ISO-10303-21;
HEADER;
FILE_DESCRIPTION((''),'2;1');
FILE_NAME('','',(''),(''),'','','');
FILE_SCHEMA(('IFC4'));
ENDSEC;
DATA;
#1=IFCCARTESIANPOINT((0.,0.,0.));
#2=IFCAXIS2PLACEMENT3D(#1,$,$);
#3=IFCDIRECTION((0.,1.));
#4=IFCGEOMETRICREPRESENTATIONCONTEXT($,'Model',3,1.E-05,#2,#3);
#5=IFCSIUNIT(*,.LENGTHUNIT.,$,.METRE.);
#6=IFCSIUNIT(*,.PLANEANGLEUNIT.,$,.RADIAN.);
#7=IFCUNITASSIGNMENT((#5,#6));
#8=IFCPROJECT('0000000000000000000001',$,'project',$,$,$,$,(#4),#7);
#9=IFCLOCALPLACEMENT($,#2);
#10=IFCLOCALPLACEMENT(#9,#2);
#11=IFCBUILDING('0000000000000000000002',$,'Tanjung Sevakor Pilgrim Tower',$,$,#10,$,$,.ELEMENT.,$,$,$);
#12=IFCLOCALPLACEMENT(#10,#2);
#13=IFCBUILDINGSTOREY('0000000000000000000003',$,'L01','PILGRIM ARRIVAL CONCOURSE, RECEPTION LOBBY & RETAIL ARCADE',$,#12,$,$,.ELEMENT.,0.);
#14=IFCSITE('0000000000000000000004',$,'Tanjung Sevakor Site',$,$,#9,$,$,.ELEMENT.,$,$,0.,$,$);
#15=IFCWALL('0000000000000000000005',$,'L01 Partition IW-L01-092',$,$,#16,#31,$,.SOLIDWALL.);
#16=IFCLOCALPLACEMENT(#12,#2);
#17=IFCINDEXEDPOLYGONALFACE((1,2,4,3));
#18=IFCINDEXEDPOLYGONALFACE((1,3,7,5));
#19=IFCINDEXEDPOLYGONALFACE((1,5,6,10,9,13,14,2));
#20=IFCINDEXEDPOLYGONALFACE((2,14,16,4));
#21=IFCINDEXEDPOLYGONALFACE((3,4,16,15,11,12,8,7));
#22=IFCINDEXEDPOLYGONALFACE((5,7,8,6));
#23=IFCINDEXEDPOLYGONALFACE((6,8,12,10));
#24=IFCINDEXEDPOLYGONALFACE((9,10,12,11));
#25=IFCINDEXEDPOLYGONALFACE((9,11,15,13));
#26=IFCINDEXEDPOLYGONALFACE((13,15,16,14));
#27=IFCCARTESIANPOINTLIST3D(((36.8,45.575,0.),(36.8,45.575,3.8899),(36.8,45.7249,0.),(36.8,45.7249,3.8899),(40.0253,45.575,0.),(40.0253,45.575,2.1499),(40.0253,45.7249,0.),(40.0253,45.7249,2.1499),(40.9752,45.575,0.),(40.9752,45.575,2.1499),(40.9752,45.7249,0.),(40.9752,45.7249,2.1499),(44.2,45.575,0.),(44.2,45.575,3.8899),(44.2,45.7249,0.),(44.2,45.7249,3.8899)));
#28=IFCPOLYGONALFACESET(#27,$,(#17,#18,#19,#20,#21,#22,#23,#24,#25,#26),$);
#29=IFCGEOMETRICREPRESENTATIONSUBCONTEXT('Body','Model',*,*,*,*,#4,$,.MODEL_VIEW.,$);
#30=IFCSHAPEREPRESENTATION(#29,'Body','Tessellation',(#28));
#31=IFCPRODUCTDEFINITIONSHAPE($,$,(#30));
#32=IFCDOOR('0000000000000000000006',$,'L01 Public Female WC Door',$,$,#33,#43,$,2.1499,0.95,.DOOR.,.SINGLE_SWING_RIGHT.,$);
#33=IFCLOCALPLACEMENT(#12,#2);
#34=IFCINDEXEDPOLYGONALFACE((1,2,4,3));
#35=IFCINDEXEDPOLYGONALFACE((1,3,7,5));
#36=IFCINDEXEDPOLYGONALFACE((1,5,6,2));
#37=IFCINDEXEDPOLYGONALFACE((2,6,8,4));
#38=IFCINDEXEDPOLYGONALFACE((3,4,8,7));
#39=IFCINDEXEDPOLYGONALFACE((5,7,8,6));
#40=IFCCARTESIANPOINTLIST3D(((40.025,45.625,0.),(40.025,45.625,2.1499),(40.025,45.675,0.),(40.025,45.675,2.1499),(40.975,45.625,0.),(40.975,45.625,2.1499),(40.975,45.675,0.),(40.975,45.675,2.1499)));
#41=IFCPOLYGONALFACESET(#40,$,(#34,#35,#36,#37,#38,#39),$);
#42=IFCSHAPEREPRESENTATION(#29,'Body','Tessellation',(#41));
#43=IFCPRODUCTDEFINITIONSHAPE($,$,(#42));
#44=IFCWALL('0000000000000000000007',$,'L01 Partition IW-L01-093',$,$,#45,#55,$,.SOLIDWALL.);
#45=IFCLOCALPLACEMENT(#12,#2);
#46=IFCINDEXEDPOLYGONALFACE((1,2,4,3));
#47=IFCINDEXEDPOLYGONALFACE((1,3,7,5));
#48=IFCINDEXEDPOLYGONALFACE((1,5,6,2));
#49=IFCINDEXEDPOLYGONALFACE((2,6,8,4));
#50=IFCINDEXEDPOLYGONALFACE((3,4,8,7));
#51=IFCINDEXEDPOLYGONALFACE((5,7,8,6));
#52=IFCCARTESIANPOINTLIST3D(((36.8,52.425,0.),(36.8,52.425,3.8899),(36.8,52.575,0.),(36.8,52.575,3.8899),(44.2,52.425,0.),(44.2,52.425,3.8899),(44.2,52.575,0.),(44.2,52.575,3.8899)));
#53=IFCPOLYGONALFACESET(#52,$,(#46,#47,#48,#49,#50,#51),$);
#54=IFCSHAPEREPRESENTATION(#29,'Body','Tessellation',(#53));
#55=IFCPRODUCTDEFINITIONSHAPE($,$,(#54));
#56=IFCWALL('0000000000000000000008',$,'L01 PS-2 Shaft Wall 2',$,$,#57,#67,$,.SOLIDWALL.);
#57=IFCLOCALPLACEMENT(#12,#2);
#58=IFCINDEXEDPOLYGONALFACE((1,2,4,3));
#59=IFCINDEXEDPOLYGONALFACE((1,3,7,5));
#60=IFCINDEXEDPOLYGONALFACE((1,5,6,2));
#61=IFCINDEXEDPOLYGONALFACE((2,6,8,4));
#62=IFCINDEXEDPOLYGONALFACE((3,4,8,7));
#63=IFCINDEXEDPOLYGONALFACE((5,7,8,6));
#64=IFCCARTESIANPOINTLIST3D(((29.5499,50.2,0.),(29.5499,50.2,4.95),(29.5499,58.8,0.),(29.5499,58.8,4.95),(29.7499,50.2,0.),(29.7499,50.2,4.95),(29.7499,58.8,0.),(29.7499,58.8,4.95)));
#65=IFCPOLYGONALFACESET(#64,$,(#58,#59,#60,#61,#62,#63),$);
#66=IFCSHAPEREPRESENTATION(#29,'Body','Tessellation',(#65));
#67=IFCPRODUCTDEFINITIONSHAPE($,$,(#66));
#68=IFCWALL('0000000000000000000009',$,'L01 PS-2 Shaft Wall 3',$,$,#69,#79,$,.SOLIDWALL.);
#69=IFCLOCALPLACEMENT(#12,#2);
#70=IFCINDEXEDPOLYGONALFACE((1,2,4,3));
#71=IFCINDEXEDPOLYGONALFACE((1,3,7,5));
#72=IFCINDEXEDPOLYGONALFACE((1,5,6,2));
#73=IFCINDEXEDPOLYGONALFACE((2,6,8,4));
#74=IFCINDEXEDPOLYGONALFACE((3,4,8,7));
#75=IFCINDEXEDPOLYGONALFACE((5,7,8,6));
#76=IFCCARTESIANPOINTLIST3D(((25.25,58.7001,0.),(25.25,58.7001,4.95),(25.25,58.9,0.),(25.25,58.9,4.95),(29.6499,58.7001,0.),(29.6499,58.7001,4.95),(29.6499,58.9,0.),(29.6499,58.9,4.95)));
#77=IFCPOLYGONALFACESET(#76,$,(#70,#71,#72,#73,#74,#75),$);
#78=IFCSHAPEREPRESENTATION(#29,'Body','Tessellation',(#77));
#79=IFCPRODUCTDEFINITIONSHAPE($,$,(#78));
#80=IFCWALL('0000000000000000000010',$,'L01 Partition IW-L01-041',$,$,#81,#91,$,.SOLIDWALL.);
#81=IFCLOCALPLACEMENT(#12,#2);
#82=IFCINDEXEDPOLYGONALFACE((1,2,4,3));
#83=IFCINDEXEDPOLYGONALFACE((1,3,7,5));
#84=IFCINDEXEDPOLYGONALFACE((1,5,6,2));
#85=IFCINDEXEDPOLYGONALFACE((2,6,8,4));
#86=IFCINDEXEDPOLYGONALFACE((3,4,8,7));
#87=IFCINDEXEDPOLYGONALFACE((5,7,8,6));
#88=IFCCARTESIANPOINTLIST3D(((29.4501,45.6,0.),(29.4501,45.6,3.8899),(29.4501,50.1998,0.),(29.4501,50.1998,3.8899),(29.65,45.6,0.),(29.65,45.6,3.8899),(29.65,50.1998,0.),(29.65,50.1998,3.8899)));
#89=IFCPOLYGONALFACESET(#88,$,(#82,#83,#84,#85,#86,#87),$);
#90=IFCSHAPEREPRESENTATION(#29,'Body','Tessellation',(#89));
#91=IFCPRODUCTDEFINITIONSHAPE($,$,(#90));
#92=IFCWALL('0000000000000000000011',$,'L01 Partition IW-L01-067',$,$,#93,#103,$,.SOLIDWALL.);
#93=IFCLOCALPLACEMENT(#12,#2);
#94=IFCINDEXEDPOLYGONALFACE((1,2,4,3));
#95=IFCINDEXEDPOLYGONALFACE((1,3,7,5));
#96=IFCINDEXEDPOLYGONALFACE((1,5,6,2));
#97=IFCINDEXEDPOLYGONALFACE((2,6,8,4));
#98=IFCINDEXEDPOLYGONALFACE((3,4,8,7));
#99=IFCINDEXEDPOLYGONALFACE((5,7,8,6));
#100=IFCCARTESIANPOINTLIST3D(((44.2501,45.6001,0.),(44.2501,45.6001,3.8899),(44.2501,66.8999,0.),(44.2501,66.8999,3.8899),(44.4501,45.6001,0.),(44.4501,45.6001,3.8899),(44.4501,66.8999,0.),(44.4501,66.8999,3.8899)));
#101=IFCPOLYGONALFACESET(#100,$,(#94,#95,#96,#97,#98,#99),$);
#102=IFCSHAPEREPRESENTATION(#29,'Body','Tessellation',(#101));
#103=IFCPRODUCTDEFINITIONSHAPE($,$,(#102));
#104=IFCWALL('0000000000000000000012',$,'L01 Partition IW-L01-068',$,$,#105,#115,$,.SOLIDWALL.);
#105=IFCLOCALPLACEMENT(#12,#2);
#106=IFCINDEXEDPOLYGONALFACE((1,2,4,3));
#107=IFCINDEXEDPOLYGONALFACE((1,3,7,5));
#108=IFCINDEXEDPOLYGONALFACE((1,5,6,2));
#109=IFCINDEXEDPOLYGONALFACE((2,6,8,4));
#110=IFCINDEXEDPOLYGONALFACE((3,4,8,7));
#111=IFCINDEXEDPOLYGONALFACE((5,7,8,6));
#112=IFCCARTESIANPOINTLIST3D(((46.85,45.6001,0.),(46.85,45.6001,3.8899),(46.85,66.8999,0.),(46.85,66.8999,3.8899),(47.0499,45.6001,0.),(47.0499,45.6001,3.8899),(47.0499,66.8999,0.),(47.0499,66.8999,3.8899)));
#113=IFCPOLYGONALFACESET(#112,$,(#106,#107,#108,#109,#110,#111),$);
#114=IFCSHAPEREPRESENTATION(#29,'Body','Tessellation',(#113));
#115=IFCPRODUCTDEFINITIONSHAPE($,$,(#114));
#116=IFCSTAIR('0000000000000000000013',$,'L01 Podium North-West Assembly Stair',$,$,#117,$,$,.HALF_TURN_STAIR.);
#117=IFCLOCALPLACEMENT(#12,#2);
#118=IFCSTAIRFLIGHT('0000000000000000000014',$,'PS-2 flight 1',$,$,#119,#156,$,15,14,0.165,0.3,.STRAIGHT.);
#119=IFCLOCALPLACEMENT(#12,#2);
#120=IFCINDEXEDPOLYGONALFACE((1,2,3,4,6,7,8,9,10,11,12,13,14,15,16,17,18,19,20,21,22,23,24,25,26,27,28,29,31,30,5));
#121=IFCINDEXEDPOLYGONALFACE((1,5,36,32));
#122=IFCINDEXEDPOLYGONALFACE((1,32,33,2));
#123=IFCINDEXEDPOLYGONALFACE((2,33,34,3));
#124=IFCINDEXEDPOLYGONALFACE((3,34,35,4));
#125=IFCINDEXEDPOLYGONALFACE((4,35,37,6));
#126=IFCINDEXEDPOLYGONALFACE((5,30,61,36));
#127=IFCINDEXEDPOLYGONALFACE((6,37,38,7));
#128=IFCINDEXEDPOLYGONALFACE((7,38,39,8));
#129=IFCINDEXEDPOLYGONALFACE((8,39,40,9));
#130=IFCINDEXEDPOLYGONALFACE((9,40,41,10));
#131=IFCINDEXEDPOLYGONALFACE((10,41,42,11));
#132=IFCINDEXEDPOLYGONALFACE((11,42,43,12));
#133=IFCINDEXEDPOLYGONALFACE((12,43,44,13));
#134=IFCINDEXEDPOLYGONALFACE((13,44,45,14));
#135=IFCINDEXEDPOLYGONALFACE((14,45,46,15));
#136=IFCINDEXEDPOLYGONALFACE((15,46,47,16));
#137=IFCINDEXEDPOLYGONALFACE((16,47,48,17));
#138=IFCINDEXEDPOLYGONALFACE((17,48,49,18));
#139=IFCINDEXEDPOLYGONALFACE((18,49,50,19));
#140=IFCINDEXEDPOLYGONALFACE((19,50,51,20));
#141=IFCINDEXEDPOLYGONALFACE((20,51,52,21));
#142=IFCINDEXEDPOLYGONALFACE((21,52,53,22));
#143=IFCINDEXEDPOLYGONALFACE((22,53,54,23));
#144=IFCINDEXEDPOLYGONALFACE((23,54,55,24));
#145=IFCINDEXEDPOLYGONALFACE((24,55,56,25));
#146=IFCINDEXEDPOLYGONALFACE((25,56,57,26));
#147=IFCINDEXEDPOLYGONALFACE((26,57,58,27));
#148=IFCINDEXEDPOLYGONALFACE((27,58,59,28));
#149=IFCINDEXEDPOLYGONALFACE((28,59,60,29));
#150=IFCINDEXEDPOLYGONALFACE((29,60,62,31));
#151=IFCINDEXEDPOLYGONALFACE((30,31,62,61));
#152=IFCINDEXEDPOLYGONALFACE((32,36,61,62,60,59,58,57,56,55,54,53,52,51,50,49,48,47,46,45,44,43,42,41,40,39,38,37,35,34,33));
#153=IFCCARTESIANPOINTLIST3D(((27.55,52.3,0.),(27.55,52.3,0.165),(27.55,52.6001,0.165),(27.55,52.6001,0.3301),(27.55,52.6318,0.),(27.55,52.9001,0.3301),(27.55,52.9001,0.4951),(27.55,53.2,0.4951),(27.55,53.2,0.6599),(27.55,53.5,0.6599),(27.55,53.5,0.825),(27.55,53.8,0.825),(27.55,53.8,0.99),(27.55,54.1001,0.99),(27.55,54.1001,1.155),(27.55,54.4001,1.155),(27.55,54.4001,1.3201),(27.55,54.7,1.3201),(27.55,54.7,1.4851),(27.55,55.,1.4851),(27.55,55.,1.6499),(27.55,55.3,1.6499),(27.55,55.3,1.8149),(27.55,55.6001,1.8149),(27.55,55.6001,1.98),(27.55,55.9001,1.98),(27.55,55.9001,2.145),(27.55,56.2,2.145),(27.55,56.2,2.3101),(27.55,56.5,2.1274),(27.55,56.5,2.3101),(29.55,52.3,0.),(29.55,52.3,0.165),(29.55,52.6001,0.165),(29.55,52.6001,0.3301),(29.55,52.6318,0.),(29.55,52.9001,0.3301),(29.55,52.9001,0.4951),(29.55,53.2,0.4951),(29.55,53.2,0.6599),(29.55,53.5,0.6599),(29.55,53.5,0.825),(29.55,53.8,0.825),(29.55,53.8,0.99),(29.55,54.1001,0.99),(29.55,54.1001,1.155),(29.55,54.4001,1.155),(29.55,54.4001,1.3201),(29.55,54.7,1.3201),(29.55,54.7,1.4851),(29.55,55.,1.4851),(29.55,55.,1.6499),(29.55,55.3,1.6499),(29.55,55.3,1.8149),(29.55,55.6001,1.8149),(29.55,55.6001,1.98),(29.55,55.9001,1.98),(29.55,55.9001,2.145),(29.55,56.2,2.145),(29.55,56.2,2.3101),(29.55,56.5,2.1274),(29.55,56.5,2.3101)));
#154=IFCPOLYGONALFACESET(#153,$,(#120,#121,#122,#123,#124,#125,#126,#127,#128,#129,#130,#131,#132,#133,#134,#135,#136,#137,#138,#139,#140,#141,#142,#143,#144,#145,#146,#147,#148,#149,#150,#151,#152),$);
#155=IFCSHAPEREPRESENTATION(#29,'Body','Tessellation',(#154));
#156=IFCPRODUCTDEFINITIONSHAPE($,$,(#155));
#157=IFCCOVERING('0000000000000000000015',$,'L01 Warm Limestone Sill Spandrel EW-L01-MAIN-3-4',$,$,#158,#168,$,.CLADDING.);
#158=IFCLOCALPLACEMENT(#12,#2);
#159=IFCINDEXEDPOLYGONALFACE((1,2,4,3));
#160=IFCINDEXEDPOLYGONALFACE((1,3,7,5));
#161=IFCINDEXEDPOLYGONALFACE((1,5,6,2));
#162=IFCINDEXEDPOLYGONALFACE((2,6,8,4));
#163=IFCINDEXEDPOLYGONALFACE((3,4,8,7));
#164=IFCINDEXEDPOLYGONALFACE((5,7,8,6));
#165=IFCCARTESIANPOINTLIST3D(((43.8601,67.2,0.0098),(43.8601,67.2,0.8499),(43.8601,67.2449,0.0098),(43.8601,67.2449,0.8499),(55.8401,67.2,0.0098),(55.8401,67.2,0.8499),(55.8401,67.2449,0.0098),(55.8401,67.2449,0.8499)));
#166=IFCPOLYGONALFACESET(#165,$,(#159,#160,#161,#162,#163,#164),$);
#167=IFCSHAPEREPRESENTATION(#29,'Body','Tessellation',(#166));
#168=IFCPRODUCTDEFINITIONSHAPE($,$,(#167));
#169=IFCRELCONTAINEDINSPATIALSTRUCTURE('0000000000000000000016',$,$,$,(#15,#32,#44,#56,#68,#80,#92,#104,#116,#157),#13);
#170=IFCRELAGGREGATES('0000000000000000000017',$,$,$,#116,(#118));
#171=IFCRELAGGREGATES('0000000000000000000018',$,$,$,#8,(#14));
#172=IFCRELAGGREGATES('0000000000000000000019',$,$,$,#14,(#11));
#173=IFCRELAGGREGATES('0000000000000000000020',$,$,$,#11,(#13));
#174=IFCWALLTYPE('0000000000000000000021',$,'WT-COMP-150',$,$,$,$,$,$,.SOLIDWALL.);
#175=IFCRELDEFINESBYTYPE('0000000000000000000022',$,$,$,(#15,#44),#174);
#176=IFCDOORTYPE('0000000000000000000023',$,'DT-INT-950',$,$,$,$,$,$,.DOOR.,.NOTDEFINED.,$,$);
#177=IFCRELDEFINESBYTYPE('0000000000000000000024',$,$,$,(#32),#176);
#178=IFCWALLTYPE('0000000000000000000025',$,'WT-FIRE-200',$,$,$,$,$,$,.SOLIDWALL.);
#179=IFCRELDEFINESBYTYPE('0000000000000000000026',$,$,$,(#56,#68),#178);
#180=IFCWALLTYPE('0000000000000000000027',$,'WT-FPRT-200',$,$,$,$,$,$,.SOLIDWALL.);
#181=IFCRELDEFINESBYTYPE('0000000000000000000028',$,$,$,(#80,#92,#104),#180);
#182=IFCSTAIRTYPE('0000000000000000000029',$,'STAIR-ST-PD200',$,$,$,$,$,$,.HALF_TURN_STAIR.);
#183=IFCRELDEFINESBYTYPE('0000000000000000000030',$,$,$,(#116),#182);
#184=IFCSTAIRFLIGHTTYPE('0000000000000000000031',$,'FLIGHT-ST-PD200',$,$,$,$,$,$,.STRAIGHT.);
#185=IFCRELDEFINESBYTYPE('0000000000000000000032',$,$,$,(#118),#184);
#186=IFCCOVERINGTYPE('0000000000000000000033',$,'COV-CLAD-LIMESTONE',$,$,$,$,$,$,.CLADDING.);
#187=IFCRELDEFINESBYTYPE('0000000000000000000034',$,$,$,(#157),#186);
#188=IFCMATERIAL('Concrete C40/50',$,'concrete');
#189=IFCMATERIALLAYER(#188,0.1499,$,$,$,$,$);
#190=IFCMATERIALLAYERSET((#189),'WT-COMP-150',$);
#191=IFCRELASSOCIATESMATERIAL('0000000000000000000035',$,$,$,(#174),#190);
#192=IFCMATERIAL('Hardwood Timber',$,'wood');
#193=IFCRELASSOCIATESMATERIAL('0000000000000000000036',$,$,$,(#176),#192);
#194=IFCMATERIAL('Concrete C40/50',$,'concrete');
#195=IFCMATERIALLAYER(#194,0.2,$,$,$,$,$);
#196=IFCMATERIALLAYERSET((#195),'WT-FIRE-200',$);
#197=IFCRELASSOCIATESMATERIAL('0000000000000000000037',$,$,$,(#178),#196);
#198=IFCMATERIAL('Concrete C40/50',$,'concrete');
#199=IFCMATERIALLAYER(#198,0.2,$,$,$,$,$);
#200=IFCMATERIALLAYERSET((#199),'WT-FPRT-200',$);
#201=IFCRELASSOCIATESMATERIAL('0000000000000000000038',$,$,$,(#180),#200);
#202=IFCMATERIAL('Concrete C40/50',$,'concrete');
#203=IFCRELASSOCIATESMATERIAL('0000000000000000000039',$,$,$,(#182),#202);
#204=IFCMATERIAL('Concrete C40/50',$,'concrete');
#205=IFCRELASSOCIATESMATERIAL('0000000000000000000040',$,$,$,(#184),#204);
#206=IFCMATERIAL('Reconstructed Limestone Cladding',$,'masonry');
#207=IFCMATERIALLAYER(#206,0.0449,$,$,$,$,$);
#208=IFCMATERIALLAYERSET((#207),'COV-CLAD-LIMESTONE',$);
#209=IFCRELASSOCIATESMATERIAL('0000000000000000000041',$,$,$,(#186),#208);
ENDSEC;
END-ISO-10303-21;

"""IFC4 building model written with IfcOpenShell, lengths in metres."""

from ifc_helpers import new_model, si_unit, direction, frame, frame_2d, origin, origin_2d, place, context, subcontext, project, spatial, polyline, rectangle, outline, extrude, material, layer, layer_set, type_object, element, fill, aggregate, save


model = new_model("IFC4")

# Units and contexts
model_context = context("Model", 3, precision=1e-05, world=origin(), true_north=direction((0.0, 1.0)))
body_context = subcontext(model_context, "Body", "Model", "MODEL_VIEW")
ifc_project = project(units=[si_unit("LENGTHUNIT", "METRE"), si_unit("PLANEANGLEUNIT", "RADIAN")], contexts=[model_context])

# Site, building, storey
site_placement = place(None, origin())
site = spatial("IfcSite", under=ifc_project, at=site_placement, Name="Tanjung Sevakor Site", CompositionType="ELEMENT", RefElevation=0.0)
building_placement = place(site_placement, origin())
building = spatial("IfcBuilding", under=site, at=building_placement, Name="Tanjung Sevakor Pilgrim Tower", CompositionType="ELEMENT")
storey_placement = place(building_placement, origin())
storey = spatial("IfcBuildingStorey", under=building, at=storey_placement, Name="L01", Description="PILGRIM ARRIVAL CONCOURSE, RECEPTION LOBBY & RETAIL ARCADE", CompositionType="ELEMENT", Elevation=0.0)

# Shared definitions
ifc_material_1 = material(Name="Concrete C40/50", Category="concrete")
ifc_layer_1 = layer(ifc_material_1, 0.1499)
ifc_layer_set_1 = layer_set([ifc_layer_1], Name="WT-COMP-150")
wall_type_1 = type_object("IfcWallType", Name="WT-COMP-150", PredefinedType="SOLIDWALL", material=ifc_layer_set_1)

# Shared definitions
ifc_material_2 = material(Name="Hardwood Timber", Category="wood")
door_type_1 = type_object("IfcDoorType", Name="DT-INT-950", OperationType="NOTDEFINED", PredefinedType="DOOR", material=ifc_material_2)

# Wall, opening, door
wall_1_placement = place(storey_placement, frame((36.8, 45.6499, 0.0), z_axis=(0.0, 0.0, 1.0), x_axis=(1.0, 0.0, 0.0)))
wall_1 = element("IfcWall", 1, at=wall_1_placement, inside=storey, type_object=wall_type_1, Name="L01 Partition IW-L01-092", PredefinedType="SOLIDWALL", context=body_context, shape_type="SweptSolid", body=[
    extrude(rectangle(XDim=7.3999, YDim=0.1499, at=frame_2d((3.7, 0.0))), origin(), (0.0, 0.0, 1.0), 3.8899),
])
opening_1_placement = place(wall_1_placement, frame((3.2251, 0.0, 0.0)))
opening_1 = element("IfcOpeningElement", 2, at=opening_1_placement, cuts=wall_1, PredefinedType="OPENING", context=body_context, shape_type="SweptSolid", body=[
    extrude(rectangle(XDim=0.95, YDim=2.1499, at=frame_2d((0.4751, 1.075))), frame((0.0, 0.085, 0.0), z_axis=(0.0, -1.0, 0.0), x_axis=(1.0, 0.0, 0.0)), (0.0, 0.0, 1.0), 0.1699),
])
door_1_placement = place(opening_1_placement, frame((0.95, 0.0, 0.0), z_axis=(0.0, 0.0, 1.0), x_axis=(-1.0, 0.0, 0.0)))
door_1 = element("IfcDoor", 3, at=door_1_placement, inside=storey, type_object=door_type_1, Name="L01 Public Female WC Door", OperationType="SINGLE_SWING_RIGHT", OverallHeight=2.1499, OverallWidth=0.95, PredefinedType="DOOR", context=body_context, shape_type="SweptSolid", body=[
    extrude(rectangle(XDim=0.95, YDim=2.1499, at=frame_2d((0.4751, 1.075))), frame((0.0, 0.0249, 0.0), z_axis=(0.0, -1.0, 0.0), x_axis=(1.0, 0.0, 0.0)), (0.0, 0.0, 1.0), 0.05),
])
fill(opening_1, door_1)

# Walls
wall_2_placement = place(storey_placement, frame((36.8, 52.5, 0.0), z_axis=(0.0, 0.0, 1.0), x_axis=(1.0, 0.0, 0.0)))
element("IfcWall", 4, at=wall_2_placement, inside=storey, type_object=wall_type_1, Name="L01 Partition IW-L01-093", PredefinedType="SOLIDWALL", context=body_context, shape_type="SweptSolid", body=[
    extrude(rectangle(XDim=7.3999, YDim=0.1499, at=frame_2d((3.7, 0.0))), origin(), (0.0, 0.0, 1.0), 3.8899),
])
ifc_material_3 = material(Name="Concrete C40/50", Category="concrete")
ifc_layer_2 = layer(ifc_material_3, 0.2)
ifc_layer_set_2 = layer_set([ifc_layer_2], Name="WT-FIRE-200")
wall_type_2 = type_object("IfcWallType", Name="WT-FIRE-200", PredefinedType="SOLIDWALL", material=ifc_layer_set_2)
wall_3_placement = place(storey_placement, frame((29.6499, 50.2, 0.0), z_axis=(0.0, 0.0, 1.0), x_axis=(0.0, 1.0, 0.0)))
element("IfcWall", 5, at=wall_3_placement, inside=storey, type_object=wall_type_2, Name="L01 PS-2 Shaft Wall 2", PredefinedType="SOLIDWALL", context=body_context, shape_type="SweptSolid", body=[
    extrude(rectangle(XDim=8.6001, YDim=0.2, at=frame_2d((4.3, 0.0))), origin(), (0.0, 0.0, 1.0), 4.95),
])
wall_4_placement = place(storey_placement, frame((29.6499, 58.8, 0.0), z_axis=(0.0, 0.0, 1.0), x_axis=(-1.0, 0.0, 0.0)))
element("IfcWall", 6, at=wall_4_placement, inside=storey, type_object=wall_type_2, Name="L01 PS-2 Shaft Wall 3", PredefinedType="SOLIDWALL", context=body_context, shape_type="SweptSolid", body=[
    extrude(rectangle(XDim=4.3999, YDim=0.2, at=frame_2d((2.2, 0.0))), origin(), (0.0, 0.0, 1.0), 4.95),
])
ifc_material_4 = material(Name="Concrete C40/50", Category="concrete")
ifc_layer_3 = layer(ifc_material_4, 0.2)
ifc_layer_set_3 = layer_set([ifc_layer_3], Name="WT-FPRT-200")
wall_type_3 = type_object("IfcWallType", Name="WT-FPRT-200", PredefinedType="SOLIDWALL", material=ifc_layer_set_3)
wall_5_placement = place(storey_placement, frame((29.55, 45.6001, 0.0), z_axis=(0.0, 0.0, 1.0), x_axis=(0.0, 1.0, 0.0)))
element("IfcWall", 7, at=wall_5_placement, inside=storey, type_object=wall_type_3, Name="L01 Partition IW-L01-041", PredefinedType="SOLIDWALL", context=body_context, shape_type="SweptSolid", body=[
    extrude(rectangle(XDim=4.5999, YDim=0.2, at=frame_2d((2.2998, 0.0))), origin(), (0.0, 0.0, 1.0), 3.8899),
])
for number, where, z_axis, x_axis, name in (
    (8, (44.3501, 45.6001, 0.0), (0.0, 0.0, 1.0), (0.0, 1.0, 0.0), "L01 Partition IW-L01-067"),
    (9, (46.95, 45.6001, 0.0), (0.0, 0.0, 1.0), (0.0, 1.0, 0.0), "L01 Partition IW-L01-068"),
):
    element("IfcWall", number, at=place(storey_placement, frame(where, z_axis=z_axis, x_axis=x_axis)), inside=storey, type_object=wall_type_3, Name=name, PredefinedType="SOLIDWALL", context=body_context, shape_type="SweptSolid", body=[
        extrude(rectangle(XDim=21.2998, YDim=0.2, at=frame_2d((10.6499, 0.0))), origin(), (0.0, 0.0, 1.0), 3.8899),
    ])

# Stair, stair flight
ifc_material_5 = material(Name="Concrete C40/50", Category="concrete")
stair_type = type_object("IfcStairType", Name="STAIR-ST-PD200", PredefinedType="HALF_TURN_STAIR", material=ifc_material_5)
stair_placement = place(storey_placement, origin())
stair = element("IfcStair", 10, at=stair_placement, inside=storey, type_object=stair_type, Name="L01 Podium North-West Assembly Stair", PredefinedType="HALF_TURN_STAIR")
ifc_material_6 = material(Name="Concrete C40/50", Category="concrete")
stair_flight_type = type_object("IfcStairFlightType", Name="FLIGHT-ST-PD200", PredefinedType="STRAIGHT", material=ifc_material_6)
stair_flight_placement = place(storey_placement, frame((28.55, 52.3, 0.0), z_axis=(0.0, 0.0, 1.0), x_axis=(0.0, 1.0, 0.0)))
stair_flight = element("IfcStairFlight", 11, at=stair_flight_placement, type_object=stair_flight_type, Name="PS-2 flight 1", NumberOfRisers=15, NumberOfTreads=14, PredefinedType="STRAIGHT", RiserHeight=0.165, TreadLength=0.3, context=body_context, shape_type="SweptSolid", body=[
    extrude(outline(polyline([(0.0, 0.0), (0.0, 0.165), (0.3, 0.165), (0.3, 0.3301), (0.6001, 0.3301), (0.6001, 0.4951), (0.8999, 0.4951), (0.8999, 0.6599), (1.2, 0.6599), (1.2, 0.825), (1.5, 0.825), (1.5, 0.99), (1.8, 0.99), (1.8, 1.155), (2.1001, 1.155), (2.1001, 1.3201), (2.3999, 1.3201), (2.3999, 1.4851), (2.7, 1.4851), (2.7, 1.6499), (3.0, 1.6499), (3.0, 1.8149), (3.3, 1.8149), (3.3, 1.98), (3.6001, 1.98), (3.6001, 2.145), (3.8999, 2.145), (3.8999, 2.3101), (4.2, 2.3101), (4.2, 2.4751), (4.2, 2.1274), (0.3318, 0.0), (0.0, 0.0)])), frame((0.0, 1.0, 0.0), z_axis=(0.0, -1.0, 0.0), x_axis=(1.0, 0.0, 0.0)), (0.0, 0.0, 1.0), 2.0),
])
aggregate(stair, [stair_flight])

# Covering
ifc_material_7 = material(Name="Reconstructed Limestone Cladding", Category="masonry")
ifc_layer_4 = layer(ifc_material_7, 0.0449)
ifc_layer_set_4 = layer_set([ifc_layer_4], Name="COV-CLAD-LIMESTONE")
covering_type = type_object("IfcCoveringType", Name="COV-CLAD-LIMESTONE", PredefinedType="CLADDING", material=ifc_layer_set_4)
covering_placement = place(storey_placement, frame((49.8501, 67.2224, 0.0098), z_axis=(0.0, 0.0, 1.0), x_axis=(-1.0, 0.0, 0.0)))
element("IfcCovering", 12, at=covering_placement, inside=storey, type_object=covering_type, Name="L01 Warm Limestone Sill Spandrel EW-L01-MAIN-3-4", PredefinedType="CLADDING", context=body_context, shape_type="SweptSolid", body=[
    extrude(rectangle(XDim=11.98, YDim=0.0449, at=origin_2d()), origin(), (0.0, 0.0, 1.0), 0.8401),
])

save(model, "model.ifc")
